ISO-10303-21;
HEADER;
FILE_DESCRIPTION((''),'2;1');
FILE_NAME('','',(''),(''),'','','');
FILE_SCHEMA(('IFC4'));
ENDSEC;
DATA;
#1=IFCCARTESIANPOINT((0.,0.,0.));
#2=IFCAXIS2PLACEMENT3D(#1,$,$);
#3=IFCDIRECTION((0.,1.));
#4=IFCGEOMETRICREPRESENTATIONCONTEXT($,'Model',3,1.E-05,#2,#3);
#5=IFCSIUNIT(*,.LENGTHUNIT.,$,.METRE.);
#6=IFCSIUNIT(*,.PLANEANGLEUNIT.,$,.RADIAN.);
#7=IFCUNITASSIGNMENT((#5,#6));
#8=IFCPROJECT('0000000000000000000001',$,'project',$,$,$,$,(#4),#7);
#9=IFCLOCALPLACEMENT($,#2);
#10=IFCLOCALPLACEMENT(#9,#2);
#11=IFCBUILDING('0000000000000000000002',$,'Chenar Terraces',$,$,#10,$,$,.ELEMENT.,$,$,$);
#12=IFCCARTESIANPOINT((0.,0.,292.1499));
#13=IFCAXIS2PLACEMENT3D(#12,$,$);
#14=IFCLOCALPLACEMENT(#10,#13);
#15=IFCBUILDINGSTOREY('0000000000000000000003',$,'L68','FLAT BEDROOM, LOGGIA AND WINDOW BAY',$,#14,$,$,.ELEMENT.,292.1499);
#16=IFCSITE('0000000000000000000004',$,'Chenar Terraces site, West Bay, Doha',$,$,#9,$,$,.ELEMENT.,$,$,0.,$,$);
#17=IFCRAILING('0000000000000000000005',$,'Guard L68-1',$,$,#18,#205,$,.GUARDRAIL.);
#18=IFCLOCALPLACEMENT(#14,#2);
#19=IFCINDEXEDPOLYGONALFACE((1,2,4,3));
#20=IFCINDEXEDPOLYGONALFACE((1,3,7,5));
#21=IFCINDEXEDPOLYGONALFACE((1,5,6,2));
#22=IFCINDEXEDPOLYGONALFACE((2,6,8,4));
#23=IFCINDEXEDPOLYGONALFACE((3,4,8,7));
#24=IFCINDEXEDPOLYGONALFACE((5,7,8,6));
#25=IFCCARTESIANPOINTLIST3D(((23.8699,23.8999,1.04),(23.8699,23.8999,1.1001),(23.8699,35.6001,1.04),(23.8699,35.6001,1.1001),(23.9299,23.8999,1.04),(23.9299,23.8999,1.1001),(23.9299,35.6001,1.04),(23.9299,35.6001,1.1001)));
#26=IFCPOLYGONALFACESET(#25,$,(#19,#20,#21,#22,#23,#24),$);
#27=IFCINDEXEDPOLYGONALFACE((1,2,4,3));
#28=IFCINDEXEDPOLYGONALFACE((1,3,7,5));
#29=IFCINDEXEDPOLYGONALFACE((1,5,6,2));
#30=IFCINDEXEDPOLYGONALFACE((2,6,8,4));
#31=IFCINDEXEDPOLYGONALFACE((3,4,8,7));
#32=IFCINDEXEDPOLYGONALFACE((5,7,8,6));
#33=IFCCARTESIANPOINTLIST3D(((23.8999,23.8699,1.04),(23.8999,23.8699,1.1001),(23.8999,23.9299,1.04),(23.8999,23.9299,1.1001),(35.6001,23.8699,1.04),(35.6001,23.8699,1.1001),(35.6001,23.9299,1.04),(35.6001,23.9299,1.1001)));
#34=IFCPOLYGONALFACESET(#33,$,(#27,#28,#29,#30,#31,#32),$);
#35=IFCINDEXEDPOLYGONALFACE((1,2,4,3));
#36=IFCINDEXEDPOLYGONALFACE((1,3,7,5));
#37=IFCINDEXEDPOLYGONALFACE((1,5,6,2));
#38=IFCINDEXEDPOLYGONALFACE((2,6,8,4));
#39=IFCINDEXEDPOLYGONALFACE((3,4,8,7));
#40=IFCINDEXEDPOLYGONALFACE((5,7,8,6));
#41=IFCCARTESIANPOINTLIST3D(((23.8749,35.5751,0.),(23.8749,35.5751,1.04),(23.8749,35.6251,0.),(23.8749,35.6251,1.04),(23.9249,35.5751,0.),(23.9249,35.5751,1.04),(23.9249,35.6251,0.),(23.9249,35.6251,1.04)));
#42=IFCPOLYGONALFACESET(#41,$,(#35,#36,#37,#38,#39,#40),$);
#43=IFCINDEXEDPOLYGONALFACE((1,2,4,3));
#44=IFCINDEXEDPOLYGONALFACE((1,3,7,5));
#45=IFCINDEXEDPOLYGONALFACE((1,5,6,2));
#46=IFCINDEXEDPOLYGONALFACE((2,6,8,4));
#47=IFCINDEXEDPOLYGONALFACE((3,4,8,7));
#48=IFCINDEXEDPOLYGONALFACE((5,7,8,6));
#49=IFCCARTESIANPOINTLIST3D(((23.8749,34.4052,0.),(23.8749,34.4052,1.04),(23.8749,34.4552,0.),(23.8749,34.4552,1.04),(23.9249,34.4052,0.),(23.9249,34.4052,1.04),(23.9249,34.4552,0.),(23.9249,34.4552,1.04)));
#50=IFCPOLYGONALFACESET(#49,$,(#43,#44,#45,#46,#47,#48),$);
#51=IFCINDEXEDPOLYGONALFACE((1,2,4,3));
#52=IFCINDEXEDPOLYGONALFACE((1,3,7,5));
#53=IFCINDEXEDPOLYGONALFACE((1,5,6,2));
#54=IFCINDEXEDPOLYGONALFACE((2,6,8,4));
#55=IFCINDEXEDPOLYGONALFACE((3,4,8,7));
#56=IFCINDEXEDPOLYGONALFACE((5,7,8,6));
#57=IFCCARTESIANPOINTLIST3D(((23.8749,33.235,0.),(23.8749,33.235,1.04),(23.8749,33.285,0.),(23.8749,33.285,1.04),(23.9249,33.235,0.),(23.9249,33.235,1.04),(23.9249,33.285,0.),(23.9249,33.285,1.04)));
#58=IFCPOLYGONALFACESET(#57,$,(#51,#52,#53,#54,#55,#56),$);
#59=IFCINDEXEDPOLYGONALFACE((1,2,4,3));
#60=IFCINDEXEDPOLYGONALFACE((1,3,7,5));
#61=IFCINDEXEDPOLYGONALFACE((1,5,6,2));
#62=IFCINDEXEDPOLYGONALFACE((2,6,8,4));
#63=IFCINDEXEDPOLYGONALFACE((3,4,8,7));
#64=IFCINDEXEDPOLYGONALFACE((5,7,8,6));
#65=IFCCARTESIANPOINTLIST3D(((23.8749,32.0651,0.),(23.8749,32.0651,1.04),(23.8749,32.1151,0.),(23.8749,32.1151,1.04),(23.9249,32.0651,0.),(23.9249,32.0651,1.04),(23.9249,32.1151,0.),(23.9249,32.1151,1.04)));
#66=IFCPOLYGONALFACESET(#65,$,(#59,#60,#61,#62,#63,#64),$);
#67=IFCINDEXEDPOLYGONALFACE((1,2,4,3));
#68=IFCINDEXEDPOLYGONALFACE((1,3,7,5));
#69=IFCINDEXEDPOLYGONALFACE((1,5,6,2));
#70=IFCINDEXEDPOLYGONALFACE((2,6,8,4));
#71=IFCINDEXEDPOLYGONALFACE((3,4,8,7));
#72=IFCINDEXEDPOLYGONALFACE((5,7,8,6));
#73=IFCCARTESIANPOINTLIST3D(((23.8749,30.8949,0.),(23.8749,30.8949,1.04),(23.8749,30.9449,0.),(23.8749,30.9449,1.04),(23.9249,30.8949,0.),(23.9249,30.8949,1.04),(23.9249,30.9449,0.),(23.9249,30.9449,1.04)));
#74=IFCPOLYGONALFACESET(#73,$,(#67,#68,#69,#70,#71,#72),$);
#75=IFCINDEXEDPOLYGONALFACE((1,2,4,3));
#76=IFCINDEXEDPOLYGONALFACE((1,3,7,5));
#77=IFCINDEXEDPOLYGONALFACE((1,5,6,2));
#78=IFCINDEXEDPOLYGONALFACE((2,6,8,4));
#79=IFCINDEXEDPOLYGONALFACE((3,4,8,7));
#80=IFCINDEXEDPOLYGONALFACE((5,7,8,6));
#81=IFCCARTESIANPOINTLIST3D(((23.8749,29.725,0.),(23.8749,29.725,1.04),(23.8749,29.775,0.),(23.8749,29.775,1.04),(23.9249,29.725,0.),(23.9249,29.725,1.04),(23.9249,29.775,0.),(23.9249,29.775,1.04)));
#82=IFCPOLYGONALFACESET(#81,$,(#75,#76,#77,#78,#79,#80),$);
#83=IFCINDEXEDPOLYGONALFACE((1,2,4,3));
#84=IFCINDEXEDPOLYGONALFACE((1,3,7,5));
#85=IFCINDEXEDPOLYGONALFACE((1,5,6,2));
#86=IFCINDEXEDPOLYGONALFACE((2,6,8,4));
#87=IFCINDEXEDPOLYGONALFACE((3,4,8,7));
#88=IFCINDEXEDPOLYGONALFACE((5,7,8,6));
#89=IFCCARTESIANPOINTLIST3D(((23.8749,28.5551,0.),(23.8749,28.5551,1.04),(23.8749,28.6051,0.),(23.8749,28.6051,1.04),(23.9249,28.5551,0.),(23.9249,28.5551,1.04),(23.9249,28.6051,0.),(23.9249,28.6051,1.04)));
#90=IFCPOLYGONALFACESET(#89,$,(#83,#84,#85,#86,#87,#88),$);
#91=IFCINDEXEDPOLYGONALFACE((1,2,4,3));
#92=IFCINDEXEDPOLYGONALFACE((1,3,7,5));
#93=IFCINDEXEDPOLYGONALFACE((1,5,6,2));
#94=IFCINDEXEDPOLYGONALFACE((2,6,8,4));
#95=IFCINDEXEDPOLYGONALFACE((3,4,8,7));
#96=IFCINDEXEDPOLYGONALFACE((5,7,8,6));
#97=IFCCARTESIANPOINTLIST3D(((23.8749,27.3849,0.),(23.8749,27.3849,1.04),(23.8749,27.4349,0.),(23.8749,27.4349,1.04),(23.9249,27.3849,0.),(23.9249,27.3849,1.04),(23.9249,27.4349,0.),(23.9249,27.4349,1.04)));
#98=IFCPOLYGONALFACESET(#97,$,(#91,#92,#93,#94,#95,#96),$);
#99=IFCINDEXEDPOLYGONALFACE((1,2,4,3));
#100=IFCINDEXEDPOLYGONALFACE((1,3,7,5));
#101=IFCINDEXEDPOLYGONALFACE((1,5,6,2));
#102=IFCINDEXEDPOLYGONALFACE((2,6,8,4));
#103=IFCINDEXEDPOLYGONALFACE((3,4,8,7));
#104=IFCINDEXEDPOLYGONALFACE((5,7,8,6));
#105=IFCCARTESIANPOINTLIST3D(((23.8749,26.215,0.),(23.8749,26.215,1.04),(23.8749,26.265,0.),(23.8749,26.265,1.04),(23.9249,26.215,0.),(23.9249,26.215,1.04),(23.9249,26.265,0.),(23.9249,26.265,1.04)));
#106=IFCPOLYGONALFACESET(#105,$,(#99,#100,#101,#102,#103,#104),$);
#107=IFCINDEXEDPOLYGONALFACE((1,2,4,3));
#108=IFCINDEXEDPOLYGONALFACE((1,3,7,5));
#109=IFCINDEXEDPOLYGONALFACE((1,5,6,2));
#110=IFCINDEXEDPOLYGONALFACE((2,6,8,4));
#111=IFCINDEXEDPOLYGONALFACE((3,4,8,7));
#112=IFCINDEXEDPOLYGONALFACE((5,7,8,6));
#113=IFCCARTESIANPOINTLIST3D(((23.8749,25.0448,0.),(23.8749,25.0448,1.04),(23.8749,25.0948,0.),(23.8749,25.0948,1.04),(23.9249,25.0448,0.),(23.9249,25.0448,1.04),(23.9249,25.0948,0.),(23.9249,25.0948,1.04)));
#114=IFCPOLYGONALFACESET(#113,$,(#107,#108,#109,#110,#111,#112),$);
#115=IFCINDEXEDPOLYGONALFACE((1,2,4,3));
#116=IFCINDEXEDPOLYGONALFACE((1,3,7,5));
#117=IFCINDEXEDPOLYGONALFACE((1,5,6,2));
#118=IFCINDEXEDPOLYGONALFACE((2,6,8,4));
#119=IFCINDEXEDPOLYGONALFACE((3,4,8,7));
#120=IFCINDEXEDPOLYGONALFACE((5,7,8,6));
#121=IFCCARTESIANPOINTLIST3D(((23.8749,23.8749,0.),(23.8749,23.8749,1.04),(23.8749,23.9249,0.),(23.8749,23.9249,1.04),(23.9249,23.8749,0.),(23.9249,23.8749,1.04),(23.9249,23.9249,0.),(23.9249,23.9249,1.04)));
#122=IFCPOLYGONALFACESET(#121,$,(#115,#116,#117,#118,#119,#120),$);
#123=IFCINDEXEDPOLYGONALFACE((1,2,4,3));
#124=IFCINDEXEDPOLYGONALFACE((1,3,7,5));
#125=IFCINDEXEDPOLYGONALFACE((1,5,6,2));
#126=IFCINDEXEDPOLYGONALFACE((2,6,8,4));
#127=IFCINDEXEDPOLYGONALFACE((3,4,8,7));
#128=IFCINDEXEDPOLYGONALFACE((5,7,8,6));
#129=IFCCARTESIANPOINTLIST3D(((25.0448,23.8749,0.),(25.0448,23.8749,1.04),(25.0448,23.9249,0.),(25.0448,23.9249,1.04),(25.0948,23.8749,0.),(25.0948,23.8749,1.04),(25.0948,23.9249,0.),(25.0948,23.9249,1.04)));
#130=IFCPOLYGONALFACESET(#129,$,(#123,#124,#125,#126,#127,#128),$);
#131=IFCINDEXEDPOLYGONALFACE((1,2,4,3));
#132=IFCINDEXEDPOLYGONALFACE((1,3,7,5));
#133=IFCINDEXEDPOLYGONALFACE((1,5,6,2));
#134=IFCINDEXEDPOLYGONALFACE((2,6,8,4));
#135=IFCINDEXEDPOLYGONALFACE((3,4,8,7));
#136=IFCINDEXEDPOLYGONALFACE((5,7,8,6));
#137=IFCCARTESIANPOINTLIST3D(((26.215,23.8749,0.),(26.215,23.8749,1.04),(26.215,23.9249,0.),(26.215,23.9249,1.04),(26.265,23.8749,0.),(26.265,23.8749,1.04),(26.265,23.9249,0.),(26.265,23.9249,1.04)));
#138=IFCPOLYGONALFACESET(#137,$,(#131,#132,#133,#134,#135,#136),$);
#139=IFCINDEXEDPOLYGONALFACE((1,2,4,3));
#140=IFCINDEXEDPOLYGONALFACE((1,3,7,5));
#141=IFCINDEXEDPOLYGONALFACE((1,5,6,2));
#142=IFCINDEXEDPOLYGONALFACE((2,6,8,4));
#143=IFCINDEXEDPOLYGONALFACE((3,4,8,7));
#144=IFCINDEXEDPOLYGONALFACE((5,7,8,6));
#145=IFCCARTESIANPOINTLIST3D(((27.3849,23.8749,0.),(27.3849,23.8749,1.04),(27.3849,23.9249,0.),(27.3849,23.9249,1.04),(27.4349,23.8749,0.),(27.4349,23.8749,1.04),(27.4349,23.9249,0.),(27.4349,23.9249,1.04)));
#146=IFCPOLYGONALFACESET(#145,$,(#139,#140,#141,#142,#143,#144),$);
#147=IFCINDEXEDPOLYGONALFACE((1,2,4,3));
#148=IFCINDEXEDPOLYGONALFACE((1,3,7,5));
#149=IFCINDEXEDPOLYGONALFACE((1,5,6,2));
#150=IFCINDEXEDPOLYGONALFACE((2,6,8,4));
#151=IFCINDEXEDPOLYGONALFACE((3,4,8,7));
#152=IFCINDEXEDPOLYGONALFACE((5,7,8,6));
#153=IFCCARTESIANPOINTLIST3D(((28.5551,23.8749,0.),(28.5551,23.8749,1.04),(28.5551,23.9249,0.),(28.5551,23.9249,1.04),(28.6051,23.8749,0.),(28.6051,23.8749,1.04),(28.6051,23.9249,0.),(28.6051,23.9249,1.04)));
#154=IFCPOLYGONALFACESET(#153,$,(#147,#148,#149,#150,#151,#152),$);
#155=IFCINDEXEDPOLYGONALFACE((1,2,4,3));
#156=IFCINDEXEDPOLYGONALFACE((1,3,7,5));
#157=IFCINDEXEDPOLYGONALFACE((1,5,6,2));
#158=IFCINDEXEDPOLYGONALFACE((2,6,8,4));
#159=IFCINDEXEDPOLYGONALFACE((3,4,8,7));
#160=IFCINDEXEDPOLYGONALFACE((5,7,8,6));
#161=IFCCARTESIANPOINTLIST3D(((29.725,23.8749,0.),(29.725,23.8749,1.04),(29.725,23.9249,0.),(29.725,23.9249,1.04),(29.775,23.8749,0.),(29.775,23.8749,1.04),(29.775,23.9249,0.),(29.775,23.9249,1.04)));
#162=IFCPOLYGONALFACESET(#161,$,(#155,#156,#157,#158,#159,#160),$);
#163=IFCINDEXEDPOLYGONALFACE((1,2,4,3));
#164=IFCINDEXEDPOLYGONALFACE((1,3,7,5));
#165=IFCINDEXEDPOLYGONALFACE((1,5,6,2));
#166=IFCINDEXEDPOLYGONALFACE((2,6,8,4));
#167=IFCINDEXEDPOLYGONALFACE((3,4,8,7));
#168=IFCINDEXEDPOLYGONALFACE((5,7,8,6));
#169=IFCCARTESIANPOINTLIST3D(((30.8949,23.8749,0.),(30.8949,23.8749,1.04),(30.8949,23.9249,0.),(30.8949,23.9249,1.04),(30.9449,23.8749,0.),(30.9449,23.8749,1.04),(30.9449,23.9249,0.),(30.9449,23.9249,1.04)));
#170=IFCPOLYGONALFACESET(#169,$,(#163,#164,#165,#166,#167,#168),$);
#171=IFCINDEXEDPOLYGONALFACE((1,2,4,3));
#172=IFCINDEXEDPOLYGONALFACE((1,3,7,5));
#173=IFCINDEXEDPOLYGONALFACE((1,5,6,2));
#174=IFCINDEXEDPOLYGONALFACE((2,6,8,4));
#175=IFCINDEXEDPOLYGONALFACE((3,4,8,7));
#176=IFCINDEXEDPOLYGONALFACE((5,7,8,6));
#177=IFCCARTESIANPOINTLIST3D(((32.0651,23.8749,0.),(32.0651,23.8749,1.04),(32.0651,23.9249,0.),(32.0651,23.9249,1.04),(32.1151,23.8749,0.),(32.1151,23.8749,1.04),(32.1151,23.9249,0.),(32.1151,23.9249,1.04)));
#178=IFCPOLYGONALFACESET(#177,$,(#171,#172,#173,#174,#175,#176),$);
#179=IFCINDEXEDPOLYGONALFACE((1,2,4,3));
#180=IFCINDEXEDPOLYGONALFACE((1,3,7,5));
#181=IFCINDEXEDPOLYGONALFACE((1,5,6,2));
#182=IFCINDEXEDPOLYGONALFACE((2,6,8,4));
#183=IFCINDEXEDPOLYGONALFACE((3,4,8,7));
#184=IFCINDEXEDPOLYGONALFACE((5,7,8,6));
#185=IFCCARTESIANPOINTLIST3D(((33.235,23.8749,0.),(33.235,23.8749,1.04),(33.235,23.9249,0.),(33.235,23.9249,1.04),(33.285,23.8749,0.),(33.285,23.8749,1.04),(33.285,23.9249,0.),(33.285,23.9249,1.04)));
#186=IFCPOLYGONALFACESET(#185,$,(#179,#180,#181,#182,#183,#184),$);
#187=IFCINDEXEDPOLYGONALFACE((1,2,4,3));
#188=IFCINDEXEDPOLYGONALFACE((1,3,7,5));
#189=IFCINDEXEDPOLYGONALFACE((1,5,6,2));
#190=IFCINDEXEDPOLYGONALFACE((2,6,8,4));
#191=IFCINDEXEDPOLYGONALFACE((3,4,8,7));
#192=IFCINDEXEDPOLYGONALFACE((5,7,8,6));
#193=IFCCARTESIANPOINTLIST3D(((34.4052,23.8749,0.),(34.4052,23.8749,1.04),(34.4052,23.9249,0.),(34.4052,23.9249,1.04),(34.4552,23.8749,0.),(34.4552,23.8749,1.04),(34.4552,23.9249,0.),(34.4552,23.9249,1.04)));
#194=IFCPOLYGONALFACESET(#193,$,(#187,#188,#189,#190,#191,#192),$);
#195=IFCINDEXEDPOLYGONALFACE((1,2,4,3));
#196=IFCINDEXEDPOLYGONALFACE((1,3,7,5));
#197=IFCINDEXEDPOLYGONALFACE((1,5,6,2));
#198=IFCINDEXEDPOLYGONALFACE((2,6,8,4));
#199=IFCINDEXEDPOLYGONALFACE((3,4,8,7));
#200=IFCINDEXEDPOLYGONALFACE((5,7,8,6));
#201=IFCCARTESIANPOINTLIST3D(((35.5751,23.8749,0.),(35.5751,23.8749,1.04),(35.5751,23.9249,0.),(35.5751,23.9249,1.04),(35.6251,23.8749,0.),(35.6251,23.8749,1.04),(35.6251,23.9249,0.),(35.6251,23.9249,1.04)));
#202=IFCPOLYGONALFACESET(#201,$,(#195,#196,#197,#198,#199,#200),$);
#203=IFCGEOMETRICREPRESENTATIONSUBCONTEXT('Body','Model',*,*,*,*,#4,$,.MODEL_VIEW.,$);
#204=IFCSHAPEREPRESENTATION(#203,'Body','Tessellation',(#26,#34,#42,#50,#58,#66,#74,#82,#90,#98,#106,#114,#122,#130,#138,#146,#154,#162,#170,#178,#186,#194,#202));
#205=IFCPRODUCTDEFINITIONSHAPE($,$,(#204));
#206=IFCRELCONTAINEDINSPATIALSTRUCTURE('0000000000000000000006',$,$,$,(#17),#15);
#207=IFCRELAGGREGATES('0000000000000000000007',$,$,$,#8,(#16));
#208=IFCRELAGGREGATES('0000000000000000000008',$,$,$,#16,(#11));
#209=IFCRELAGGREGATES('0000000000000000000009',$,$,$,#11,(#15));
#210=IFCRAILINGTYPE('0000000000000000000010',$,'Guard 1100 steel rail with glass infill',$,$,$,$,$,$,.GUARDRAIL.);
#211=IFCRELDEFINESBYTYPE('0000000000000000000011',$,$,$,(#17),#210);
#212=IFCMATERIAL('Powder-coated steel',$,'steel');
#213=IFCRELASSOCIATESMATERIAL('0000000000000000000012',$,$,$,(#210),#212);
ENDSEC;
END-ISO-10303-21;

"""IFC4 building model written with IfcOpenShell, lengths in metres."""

from ifc_helpers import new_model, si_unit, direction, frame, origin, origin_2d, place, context, subcontext, project, spatial, rectangle, extrude, material, type_object, element, save


model = new_model("IFC4")

# Units and contexts
model_context = context("Model", 3, precision=1e-05, world=origin(), true_north=direction((0.0, 1.0)))
body_context = subcontext(model_context, "Body", "Model", "MODEL_VIEW")
ifc_project = project(units=[si_unit("LENGTHUNIT", "METRE"), si_unit("PLANEANGLEUNIT", "RADIAN")], contexts=[model_context])

# Site, building, storey
site_placement = place(None, origin())
site = spatial("IfcSite", under=ifc_project, at=site_placement, Name="Chenar Terraces site, West Bay, Doha", CompositionType="ELEMENT", RefElevation=0.0)
building_placement = place(site_placement, origin())
building = spatial("IfcBuilding", under=site, at=building_placement, Name="Chenar Terraces", CompositionType="ELEMENT")
storey_placement = place(building_placement, frame((0.0, 0.0, 292.1499)))
storey = spatial("IfcBuildingStorey", under=building, at=storey_placement, Name="L68", Description="FLAT BEDROOM, LOGGIA AND WINDOW BAY", CompositionType="ELEMENT", Elevation=292.1499)

# Railing
ifc_material_1 = material(Name="Powder-coated steel", Category="steel")
railing_type = type_object("IfcRailingType", Name="Guard 1100 steel rail with glass infill", PredefinedType="GUARDRAIL", material=ifc_material_1)
railing_placement = place(storey_placement, frame((23.8999, 35.6001, 0.0)))
element("IfcRailing", 1, at=railing_placement, inside=storey, type_object=railing_type, Name="Guard L68-1", PredefinedType="GUARDRAIL", context=body_context, shape_type="SweptSolid", body=[
    extrude(rectangle(XDim=0.0601, YDim=0.0601, at=origin_2d()), frame((0.0, 0.0, 1.0701), z_axis=(0.0, -1.0, 0.0), x_axis=(1.0, 0.0, 0.0)), (0.0, 0.0, 1.0), 11.7002),
    extrude(rectangle(XDim=0.0601, YDim=0.0601, at=origin_2d()), frame((0.0, -11.7002, 1.0701), z_axis=(1.0, 0.0, 0.0), x_axis=(0.0, 1.0, 0.0)), (0.0, 0.0, 1.0), 11.7002),
    extrude(rectangle(XDim=0.05, YDim=0.05, at=origin_2d()), origin(), (0.0, 0.0, 1.0), 1.04),
    extrude(rectangle(XDim=0.05, YDim=0.05, at=origin_2d()), frame((0.0, -1.1699, 0.0)), (0.0, 0.0, 1.0), 1.04),
    extrude(rectangle(XDim=0.05, YDim=0.05, at=origin_2d()), frame((0.0, -2.3401, 0.0)), (0.0, 0.0, 1.0), 1.04),
    extrude(rectangle(XDim=0.05, YDim=0.05, at=origin_2d()), frame((0.0, -3.51, 0.0)), (0.0, 0.0, 1.0), 1.04),
    extrude(rectangle(XDim=0.05, YDim=0.05, at=origin_2d()), frame((0.0, -4.6802, 0.0)), (0.0, 0.0, 1.0), 1.04),
    extrude(rectangle(XDim=0.05, YDim=0.05, at=origin_2d()), frame((0.0, -5.8501, 0.0)), (0.0, 0.0, 1.0), 1.04),
    extrude(rectangle(XDim=0.05, YDim=0.05, at=origin_2d()), frame((0.0, -7.02, 0.0)), (0.0, 0.0, 1.0), 1.04),
    extrude(rectangle(XDim=0.05, YDim=0.05, at=origin_2d()), frame((0.0, -8.1902, 0.0)), (0.0, 0.0, 1.0), 1.04),
    extrude(rectangle(XDim=0.05, YDim=0.05, at=origin_2d()), frame((0.0, -9.3601, 0.0)), (0.0, 0.0, 1.0), 1.04),
    extrude(rectangle(XDim=0.05, YDim=0.05, at=origin_2d()), frame((0.0, -10.5303, 0.0)), (0.0, 0.0, 1.0), 1.04),
    extrude(rectangle(XDim=0.05, YDim=0.05, at=origin_2d()), frame((0.0, -11.7002, 0.0)), (0.0, 0.0, 1.0), 1.04),
    extrude(rectangle(XDim=0.05, YDim=0.05, at=origin_2d()), frame((1.1699, -11.7002, 0.0)), (0.0, 0.0, 1.0), 1.04),
    extrude(rectangle(XDim=0.05, YDim=0.05, at=origin_2d()), frame((2.3401, -11.7002, 0.0)), (0.0, 0.0, 1.0), 1.04),
    extrude(rectangle(XDim=0.05, YDim=0.05, at=origin_2d()), frame((3.51, -11.7002, 0.0)), (0.0, 0.0, 1.0), 1.04),
    extrude(rectangle(XDim=0.05, YDim=0.05, at=origin_2d()), frame((4.6802, -11.7002, 0.0)), (0.0, 0.0, 1.0), 1.04),
    extrude(rectangle(XDim=0.05, YDim=0.05, at=origin_2d()), frame((5.8501, -11.7002, 0.0)), (0.0, 0.0, 1.0), 1.04),
    extrude(rectangle(XDim=0.05, YDim=0.05, at=origin_2d()), frame((7.02, -11.7002, 0.0)), (0.0, 0.0, 1.0), 1.04),
    extrude(rectangle(XDim=0.05, YDim=0.05, at=origin_2d()), frame((8.1902, -11.7002, 0.0)), (0.0, 0.0, 1.0), 1.04),
    extrude(rectangle(XDim=0.05, YDim=0.05, at=origin_2d()), frame((9.3601, -11.7002, 0.0)), (0.0, 0.0, 1.0), 1.04),
    extrude(rectangle(XDim=0.05, YDim=0.05, at=origin_2d()), frame((10.5303, -11.7002, 0.0)), (0.0, 0.0, 1.0), 1.04),
    extrude(rectangle(XDim=0.05, YDim=0.05, at=origin_2d()), frame((11.7002, -11.7002, 0.0)), (0.0, 0.0, 1.0), 1.04),
])

save(model, "model.ifc")
